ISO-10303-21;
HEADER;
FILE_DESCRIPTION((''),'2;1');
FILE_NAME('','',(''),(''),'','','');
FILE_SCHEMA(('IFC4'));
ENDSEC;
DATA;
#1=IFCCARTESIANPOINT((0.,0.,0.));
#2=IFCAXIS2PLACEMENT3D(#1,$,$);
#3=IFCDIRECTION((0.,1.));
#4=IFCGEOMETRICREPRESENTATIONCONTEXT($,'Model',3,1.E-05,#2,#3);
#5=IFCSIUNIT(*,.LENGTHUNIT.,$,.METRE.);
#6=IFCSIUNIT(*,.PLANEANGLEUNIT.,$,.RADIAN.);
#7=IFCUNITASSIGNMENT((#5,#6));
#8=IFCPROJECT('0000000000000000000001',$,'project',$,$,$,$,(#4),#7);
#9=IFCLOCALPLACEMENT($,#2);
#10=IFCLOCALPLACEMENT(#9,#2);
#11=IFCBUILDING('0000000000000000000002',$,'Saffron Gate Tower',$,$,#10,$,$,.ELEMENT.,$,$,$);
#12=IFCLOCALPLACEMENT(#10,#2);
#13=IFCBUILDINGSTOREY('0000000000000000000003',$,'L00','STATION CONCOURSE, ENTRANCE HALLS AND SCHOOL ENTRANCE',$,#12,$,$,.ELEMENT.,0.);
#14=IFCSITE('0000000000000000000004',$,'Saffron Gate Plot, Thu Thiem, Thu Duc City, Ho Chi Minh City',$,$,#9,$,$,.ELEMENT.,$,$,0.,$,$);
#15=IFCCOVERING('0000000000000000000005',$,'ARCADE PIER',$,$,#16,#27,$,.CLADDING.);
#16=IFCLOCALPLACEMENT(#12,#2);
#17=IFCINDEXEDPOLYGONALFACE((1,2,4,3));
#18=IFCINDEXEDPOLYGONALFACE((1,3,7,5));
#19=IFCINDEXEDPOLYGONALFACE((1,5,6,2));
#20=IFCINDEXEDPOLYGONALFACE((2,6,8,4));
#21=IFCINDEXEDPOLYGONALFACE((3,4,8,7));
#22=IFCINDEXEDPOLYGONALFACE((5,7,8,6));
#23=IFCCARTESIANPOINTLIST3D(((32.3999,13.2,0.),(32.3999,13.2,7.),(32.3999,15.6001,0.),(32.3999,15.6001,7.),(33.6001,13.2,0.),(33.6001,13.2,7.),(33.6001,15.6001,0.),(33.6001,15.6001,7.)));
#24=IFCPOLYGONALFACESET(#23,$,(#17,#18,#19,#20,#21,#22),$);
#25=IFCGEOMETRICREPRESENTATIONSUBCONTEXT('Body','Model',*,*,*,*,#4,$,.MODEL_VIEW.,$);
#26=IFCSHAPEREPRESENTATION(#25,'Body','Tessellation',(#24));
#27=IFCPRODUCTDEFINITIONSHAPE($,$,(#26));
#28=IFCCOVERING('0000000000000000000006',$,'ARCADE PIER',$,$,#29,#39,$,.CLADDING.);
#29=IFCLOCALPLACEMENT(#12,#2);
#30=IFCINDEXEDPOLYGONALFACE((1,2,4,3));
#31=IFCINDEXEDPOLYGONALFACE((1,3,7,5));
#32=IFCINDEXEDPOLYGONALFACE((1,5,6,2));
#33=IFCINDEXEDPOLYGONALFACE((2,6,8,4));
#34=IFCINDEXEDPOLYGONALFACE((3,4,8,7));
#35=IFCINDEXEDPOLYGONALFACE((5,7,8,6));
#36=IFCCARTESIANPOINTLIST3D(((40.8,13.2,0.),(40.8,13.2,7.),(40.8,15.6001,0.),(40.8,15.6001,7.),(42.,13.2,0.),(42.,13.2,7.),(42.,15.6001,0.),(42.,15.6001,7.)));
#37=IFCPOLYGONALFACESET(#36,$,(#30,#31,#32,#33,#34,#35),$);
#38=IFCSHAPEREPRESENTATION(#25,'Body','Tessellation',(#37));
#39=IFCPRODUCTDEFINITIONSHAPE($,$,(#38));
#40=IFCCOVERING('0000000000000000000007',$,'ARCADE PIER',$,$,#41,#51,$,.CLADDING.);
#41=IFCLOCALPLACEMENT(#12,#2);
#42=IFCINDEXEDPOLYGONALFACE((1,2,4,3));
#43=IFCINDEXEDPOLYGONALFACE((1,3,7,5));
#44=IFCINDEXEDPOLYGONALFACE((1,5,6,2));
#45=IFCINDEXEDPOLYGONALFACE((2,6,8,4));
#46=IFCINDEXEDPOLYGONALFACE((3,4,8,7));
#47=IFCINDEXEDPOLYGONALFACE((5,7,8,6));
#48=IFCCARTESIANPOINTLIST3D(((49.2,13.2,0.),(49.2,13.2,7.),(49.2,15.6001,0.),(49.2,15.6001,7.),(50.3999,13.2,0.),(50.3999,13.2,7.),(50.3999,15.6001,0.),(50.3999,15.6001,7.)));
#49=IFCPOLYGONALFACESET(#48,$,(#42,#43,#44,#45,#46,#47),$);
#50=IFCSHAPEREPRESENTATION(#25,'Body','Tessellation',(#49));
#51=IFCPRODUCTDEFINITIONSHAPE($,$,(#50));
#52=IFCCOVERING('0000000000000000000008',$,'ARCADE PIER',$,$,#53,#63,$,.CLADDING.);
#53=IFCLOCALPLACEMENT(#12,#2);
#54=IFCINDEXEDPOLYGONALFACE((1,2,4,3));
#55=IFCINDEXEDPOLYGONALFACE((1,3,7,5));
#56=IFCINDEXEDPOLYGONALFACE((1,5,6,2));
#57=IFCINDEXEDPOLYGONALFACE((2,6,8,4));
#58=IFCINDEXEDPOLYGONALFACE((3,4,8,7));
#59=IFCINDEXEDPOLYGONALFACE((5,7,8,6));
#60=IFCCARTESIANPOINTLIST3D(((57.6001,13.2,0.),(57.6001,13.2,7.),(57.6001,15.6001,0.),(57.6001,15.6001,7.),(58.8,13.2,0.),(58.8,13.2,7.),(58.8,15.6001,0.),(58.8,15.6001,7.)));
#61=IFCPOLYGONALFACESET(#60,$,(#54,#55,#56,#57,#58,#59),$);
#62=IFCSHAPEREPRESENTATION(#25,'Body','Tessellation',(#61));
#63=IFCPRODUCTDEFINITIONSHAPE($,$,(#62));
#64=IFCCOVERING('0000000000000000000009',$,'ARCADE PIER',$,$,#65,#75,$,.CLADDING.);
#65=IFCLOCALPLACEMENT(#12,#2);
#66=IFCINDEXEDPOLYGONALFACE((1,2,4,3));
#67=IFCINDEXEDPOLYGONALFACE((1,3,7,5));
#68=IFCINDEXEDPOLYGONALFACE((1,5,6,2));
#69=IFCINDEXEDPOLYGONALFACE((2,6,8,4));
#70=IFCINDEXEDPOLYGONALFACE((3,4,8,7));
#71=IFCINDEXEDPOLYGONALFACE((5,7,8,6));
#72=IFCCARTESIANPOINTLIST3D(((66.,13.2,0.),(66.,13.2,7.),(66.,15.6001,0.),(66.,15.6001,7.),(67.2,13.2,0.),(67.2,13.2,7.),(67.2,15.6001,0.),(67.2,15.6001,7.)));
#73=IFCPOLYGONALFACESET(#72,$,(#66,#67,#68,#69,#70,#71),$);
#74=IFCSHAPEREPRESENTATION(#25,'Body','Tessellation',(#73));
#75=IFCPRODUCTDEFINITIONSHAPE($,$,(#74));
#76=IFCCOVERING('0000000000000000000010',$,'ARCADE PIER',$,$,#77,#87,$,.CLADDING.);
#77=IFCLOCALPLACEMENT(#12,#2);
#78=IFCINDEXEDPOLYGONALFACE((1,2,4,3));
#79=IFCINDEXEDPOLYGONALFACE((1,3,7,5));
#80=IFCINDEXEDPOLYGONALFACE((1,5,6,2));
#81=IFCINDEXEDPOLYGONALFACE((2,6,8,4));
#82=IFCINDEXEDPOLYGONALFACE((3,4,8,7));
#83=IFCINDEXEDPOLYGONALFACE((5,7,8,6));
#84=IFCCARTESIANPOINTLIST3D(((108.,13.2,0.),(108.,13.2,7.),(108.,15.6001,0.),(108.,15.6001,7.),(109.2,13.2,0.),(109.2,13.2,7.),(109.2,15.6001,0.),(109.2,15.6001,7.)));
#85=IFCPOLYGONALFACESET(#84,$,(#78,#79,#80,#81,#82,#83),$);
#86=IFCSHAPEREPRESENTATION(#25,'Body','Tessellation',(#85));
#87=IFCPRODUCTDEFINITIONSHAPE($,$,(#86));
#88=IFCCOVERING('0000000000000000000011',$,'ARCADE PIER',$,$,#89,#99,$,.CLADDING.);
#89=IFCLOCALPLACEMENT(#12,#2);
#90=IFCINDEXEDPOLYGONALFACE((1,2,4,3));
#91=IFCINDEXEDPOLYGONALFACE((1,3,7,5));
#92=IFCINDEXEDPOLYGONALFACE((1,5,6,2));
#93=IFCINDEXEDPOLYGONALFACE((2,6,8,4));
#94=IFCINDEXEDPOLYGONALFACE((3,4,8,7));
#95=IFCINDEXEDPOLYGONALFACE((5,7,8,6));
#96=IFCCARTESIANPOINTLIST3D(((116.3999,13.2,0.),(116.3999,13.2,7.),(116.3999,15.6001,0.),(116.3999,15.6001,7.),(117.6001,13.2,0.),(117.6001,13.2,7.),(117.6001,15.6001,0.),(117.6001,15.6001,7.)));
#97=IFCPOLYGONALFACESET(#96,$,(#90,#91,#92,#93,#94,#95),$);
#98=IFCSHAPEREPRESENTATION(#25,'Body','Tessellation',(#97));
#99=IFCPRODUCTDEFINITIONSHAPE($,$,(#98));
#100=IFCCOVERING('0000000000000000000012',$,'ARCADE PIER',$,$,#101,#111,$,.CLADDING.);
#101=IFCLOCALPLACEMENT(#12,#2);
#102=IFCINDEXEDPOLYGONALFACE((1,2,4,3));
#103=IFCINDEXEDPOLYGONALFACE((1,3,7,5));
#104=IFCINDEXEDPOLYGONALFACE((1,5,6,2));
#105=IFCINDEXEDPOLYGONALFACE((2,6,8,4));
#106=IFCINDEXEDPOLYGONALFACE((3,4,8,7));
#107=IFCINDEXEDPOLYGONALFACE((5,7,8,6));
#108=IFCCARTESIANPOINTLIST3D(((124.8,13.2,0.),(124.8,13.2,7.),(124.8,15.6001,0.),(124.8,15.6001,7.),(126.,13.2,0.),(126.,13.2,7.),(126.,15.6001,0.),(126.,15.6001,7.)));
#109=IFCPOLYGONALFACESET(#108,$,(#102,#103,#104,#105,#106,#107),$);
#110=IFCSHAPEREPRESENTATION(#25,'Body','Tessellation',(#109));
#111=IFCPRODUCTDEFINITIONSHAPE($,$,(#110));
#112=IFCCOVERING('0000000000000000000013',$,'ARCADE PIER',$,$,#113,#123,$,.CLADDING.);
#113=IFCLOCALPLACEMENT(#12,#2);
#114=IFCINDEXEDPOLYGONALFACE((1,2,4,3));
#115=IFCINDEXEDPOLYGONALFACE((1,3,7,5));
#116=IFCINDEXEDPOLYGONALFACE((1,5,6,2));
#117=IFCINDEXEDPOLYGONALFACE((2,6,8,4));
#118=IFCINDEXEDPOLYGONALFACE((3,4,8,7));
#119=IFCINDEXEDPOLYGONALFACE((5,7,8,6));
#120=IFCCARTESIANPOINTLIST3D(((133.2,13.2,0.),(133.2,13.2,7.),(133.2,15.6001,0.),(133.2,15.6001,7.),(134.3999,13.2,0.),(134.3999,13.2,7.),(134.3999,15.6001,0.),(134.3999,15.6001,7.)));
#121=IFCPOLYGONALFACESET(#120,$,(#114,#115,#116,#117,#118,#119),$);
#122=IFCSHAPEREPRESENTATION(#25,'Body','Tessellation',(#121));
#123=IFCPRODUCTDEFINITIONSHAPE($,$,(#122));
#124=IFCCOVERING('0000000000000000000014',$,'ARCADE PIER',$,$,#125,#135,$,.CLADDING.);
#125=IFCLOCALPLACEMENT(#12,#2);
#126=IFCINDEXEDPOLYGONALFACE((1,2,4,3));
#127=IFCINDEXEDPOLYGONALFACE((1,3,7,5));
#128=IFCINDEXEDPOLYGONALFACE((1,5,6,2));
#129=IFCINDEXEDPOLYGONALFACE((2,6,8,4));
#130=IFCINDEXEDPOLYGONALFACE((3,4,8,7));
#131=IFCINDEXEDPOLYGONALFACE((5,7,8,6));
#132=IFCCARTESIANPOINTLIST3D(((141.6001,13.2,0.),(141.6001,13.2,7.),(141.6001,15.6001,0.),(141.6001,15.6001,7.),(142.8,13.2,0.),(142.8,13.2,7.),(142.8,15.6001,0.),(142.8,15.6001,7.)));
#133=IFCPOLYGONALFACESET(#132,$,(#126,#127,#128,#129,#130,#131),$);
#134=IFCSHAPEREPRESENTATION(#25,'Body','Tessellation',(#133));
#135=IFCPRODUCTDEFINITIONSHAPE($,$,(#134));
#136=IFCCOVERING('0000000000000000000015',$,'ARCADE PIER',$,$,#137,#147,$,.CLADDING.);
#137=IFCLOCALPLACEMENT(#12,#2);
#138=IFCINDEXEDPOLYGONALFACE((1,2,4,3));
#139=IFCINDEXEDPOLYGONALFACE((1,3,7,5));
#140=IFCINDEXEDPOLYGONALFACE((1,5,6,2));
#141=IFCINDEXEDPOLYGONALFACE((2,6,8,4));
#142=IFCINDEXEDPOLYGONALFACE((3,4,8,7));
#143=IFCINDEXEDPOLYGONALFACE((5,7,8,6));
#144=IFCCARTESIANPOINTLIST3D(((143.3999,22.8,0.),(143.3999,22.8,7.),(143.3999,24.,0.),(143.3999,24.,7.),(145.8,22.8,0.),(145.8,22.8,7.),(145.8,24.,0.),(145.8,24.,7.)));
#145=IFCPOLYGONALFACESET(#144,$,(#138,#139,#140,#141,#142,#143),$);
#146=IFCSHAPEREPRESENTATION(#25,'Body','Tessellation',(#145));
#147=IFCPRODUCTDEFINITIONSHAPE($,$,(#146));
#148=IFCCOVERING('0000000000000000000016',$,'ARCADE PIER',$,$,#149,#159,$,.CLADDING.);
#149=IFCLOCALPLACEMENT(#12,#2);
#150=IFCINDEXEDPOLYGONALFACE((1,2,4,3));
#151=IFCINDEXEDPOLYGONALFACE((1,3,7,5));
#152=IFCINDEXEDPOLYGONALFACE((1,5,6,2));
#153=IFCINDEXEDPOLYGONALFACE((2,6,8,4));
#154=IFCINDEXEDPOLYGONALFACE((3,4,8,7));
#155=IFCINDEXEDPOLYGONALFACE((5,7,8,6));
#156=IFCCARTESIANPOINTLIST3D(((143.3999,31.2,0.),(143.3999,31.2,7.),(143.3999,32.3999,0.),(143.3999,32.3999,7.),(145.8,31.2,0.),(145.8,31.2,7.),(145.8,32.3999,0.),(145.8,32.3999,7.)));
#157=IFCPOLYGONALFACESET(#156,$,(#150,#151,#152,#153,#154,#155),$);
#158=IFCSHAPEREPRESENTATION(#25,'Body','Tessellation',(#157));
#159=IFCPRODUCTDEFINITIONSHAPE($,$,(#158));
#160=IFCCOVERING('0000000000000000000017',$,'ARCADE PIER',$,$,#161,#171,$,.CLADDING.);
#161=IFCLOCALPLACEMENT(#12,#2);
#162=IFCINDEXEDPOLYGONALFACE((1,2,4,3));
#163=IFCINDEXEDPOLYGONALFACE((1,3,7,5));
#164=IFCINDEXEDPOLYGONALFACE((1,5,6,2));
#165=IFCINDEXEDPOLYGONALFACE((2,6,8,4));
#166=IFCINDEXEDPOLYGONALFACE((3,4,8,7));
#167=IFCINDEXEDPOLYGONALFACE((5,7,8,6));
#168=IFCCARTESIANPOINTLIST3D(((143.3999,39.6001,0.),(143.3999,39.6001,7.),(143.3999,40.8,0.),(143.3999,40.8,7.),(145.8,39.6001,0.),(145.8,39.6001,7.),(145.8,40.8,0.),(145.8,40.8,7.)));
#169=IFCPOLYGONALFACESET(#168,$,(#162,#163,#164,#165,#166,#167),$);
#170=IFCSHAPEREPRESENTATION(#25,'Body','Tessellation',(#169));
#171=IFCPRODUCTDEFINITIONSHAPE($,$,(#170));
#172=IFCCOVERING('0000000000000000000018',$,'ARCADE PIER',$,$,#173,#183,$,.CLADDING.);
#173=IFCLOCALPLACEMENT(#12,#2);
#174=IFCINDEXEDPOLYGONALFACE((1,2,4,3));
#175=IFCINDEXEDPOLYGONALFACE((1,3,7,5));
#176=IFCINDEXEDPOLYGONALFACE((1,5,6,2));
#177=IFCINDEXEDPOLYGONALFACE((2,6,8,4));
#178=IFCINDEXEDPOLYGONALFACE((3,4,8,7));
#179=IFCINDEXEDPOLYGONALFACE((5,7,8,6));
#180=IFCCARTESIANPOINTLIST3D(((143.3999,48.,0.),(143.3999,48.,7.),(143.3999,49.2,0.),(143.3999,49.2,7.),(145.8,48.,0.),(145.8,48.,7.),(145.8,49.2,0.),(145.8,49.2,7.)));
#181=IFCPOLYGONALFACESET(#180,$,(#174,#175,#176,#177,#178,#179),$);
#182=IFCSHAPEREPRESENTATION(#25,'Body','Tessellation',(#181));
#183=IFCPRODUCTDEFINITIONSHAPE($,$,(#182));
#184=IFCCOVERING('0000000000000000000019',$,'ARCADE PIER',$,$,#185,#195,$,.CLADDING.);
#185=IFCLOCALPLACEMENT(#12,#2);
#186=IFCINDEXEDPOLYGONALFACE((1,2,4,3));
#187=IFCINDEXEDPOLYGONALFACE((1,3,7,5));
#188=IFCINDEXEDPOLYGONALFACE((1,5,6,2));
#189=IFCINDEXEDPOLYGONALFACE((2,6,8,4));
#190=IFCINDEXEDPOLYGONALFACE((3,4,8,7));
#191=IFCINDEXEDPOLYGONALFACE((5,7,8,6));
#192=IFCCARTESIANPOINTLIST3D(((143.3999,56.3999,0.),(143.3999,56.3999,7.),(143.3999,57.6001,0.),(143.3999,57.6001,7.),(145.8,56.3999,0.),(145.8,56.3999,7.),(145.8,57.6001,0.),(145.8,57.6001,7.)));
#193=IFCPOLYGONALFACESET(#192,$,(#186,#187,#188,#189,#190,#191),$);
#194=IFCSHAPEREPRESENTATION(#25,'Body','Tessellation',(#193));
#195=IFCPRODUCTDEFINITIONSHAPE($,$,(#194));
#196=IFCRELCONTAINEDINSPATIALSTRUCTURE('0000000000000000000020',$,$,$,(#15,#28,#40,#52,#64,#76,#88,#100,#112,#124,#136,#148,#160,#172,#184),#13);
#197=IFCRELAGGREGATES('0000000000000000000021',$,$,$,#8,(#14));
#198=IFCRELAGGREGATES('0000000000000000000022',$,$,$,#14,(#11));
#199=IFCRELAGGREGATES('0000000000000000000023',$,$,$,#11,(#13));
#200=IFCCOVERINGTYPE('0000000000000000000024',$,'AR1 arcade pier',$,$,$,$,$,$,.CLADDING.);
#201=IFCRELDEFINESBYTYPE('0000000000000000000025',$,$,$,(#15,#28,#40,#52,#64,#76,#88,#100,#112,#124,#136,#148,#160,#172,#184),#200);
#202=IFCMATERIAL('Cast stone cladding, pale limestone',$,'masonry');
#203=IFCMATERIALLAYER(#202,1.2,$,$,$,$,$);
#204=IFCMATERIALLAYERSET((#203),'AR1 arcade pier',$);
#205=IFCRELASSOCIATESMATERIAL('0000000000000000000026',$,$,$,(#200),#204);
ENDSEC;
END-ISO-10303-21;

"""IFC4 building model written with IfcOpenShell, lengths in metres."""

from ifc_helpers import new_model, si_unit, direction, origin, place, context, subcontext, project, spatial, polyline, outline, extrude, material, layer, layer_set, type_object, element, save


model = new_model("IFC4")

# Units and contexts
model_context = context("Model", 3, precision=1e-05, world=origin(), true_north=direction((0.0, 1.0)))
body_context = subcontext(model_context, "Body", "Model", "MODEL_VIEW")
ifc_project = project(units=[si_unit("LENGTHUNIT", "METRE"), si_unit("PLANEANGLEUNIT", "RADIAN")], contexts=[model_context])

# Site, building, storey
site_placement = place(None, origin())
site = spatial("IfcSite", under=ifc_project, at=site_placement, Name="Saffron Gate Plot, Thu Thiem, Thu Duc City, Ho Chi Minh City", CompositionType="ELEMENT", RefElevation=0.0)
building_placement = place(site_placement, origin())
building = spatial("IfcBuilding", under=site, at=building_placement, Name="Saffron Gate Tower", CompositionType="ELEMENT")
storey_placement = place(building_placement, origin())
storey = spatial("IfcBuildingStorey", under=building, at=storey_placement, Name="L00", Description="STATION CONCOURSE, ENTRANCE HALLS AND SCHOOL ENTRANCE", CompositionType="ELEMENT", Elevation=0.0)

# Coverings
ifc_material_1 = material(Name="Cast stone cladding, pale limestone", Category="masonry")
ifc_layer_1 = layer(ifc_material_1, 1.2)
ifc_layer_set_1 = layer_set([ifc_layer_1], Name="AR1 arcade pier")
covering_type_1 = type_object("IfcCoveringType", Name="AR1 arcade pier", PredefinedType="CLADDING", material=ifc_layer_set_1)
covering_1_placement = place(storey_placement, origin())
element("IfcCovering", 1, at=covering_1_placement, inside=storey, type_object=covering_type_1, Name="ARCADE PIER", PredefinedType="CLADDING", context=body_context, shape_type="SweptSolid", body=[
    extrude(outline(polyline([(32.3999, 15.6001), (33.6001, 15.6001), (33.6001, 13.2), (32.3999, 13.2), (32.3999, 15.6001)])), origin(), (0.0, 0.0, 1.0), 7.0),
])
covering_2_placement = place(storey_placement, origin())
element("IfcCovering", 2, at=covering_2_placement, inside=storey, type_object=covering_type_1, Name="ARCADE PIER", PredefinedType="CLADDING", context=body_context, shape_type="SweptSolid", body=[
    extrude(outline(polyline([(40.8, 15.6001), (42.0, 15.6001), (42.0, 13.2), (40.8, 13.2), (40.8, 15.6001)])), origin(), (0.0, 0.0, 1.0), 7.0),
])
covering_3_placement = place(storey_placement, origin())
element("IfcCovering", 3, at=covering_3_placement, inside=storey, type_object=covering_type_1, Name="ARCADE PIER", PredefinedType="CLADDING", context=body_context, shape_type="SweptSolid", body=[
    extrude(outline(polyline([(49.2, 15.6001), (50.3999, 15.6001), (50.3999, 13.2), (49.2, 13.2), (49.2, 15.6001)])), origin(), (0.0, 0.0, 1.0), 7.0),
])
covering_4_placement = place(storey_placement, origin())
element("IfcCovering", 4, at=covering_4_placement, inside=storey, type_object=covering_type_1, Name="ARCADE PIER", PredefinedType="CLADDING", context=body_context, shape_type="SweptSolid", body=[
    extrude(outline(polyline([(57.6001, 15.6001), (58.8, 15.6001), (58.8, 13.2), (57.6001, 13.2), (57.6001, 15.6001)])), origin(), (0.0, 0.0, 1.0), 7.0),
])
covering_5_placement = place(storey_placement, origin())
element("IfcCovering", 5, at=covering_5_placement, inside=storey, type_object=covering_type_1, Name="ARCADE PIER", PredefinedType="CLADDING", context=body_context, shape_type="SweptSolid", body=[
    extrude(outline(polyline([(66.0, 15.6001), (67.2, 15.6001), (67.2, 13.2), (66.0, 13.2), (66.0, 15.6001)])), origin(), (0.0, 0.0, 1.0), 7.0),
])
covering_6_placement = place(storey_placement, origin())
element("IfcCovering", 6, at=covering_6_placement, inside=storey, type_object=covering_type_1, Name="ARCADE PIER", PredefinedType="CLADDING", context=body_context, shape_type="SweptSolid", body=[
    extrude(outline(polyline([(108.0, 15.6001), (109.2, 15.6001), (109.2, 13.2), (108.0, 13.2), (108.0, 15.6001)])), origin(), (0.0, 0.0, 1.0), 7.0),
])
covering_7_placement = place(storey_placement, origin())
element("IfcCovering", 7, at=covering_7_placement, inside=storey, type_object=covering_type_1, Name="ARCADE PIER", PredefinedType="CLADDING", context=body_context, shape_type="SweptSolid", body=[
    extrude(outline(polyline([(116.3999, 15.6001), (117.6001, 15.6001), (117.6001, 13.2), (116.3999, 13.2), (116.3999, 15.6001)])), origin(), (0.0, 0.0, 1.0), 7.0),
])
covering_8_placement = place(storey_placement, origin())
element("IfcCovering", 8, at=covering_8_placement, inside=storey, type_object=covering_type_1, Name="ARCADE PIER", PredefinedType="CLADDING", context=body_context, shape_type="SweptSolid", body=[
    extrude(outline(polyline([(124.8, 15.6001), (126.0, 15.6001), (126.0, 13.2), (124.8, 13.2), (124.8, 15.6001)])), origin(), (0.0, 0.0, 1.0), 7.0),
])
covering_9_placement = place(storey_placement, origin())
element("IfcCovering", 9, at=covering_9_placement, inside=storey, type_object=covering_type_1, Name="ARCADE PIER", PredefinedType="CLADDING", context=body_context, shape_type="SweptSolid", body=[
    extrude(outline(polyline([(133.2, 15.6001), (134.3999, 15.6001), (134.3999, 13.2), (133.2, 13.2), (133.2, 15.6001)])), origin(), (0.0, 0.0, 1.0), 7.0),
])
covering_10_placement = place(storey_placement, origin())
element("IfcCovering", 10, at=covering_10_placement, inside=storey, type_object=covering_type_1, Name="ARCADE PIER", PredefinedType="CLADDING", context=body_context, shape_type="SweptSolid", body=[
    extrude(outline(polyline([(141.6001, 15.6001), (142.8, 15.6001), (142.8, 13.2), (141.6001, 13.2), (141.6001, 15.6001)])), origin(), (0.0, 0.0, 1.0), 7.0),
])
covering_11_placement = place(storey_placement, origin())
element("IfcCovering", 11, at=covering_11_placement, inside=storey, type_object=covering_type_1, Name="ARCADE PIER", PredefinedType="CLADDING", context=body_context, shape_type="SweptSolid", body=[
    extrude(outline(polyline([(143.3999, 22.8), (143.3999, 24.0), (145.8, 24.0), (145.8, 22.8), (143.3999, 22.8)])), origin(), (0.0, 0.0, 1.0), 7.0),
])
covering_12_placement = place(storey_placement, origin())
element("IfcCovering", 12, at=covering_12_placement, inside=storey, type_object=covering_type_1, Name="ARCADE PIER", PredefinedType="CLADDING", context=body_context, shape_type="SweptSolid", body=[
    extrude(outline(polyline([(143.3999, 31.2), (143.3999, 32.3999), (145.8, 32.3999), (145.8, 31.2), (143.3999, 31.2)])), origin(), (0.0, 0.0, 1.0), 7.0),
])
covering_13_placement = place(storey_placement, origin())
element("IfcCovering", 13, at=covering_13_placement, inside=storey, type_object=covering_type_1, Name="ARCADE PIER", PredefinedType="CLADDING", context=body_context, shape_type="SweptSolid", body=[
    extrude(outline(polyline([(143.3999, 39.6001), (143.3999, 40.8), (145.8, 40.8), (145.8, 39.6001), (143.3999, 39.6001)])), origin(), (0.0, 0.0, 1.0), 7.0),
])
covering_14_placement = place(storey_placement, origin())
element("IfcCovering", 14, at=covering_14_placement, inside=storey, type_object=covering_type_1, Name="ARCADE PIER", PredefinedType="CLADDING", context=body_context, shape_type="SweptSolid", body=[
    extrude(outline(polyline([(143.3999, 48.0), (143.3999, 49.2), (145.8, 49.2), (145.8, 48.0), (143.3999, 48.0)])), origin(), (0.0, 0.0, 1.0), 7.0),
])
covering_15_placement = place(storey_placement, origin())
element("IfcCovering", 15, at=covering_15_placement, inside=storey, type_object=covering_type_1, Name="ARCADE PIER", PredefinedType="CLADDING", context=body_context, shape_type="SweptSolid", body=[
    extrude(outline(polyline([(143.3999, 56.3999), (143.3999, 57.6001), (145.8, 57.6001), (145.8, 56.3999), (143.3999, 56.3999)])), origin(), (0.0, 0.0, 1.0), 7.0),
])

save(model, "model.ifc")
